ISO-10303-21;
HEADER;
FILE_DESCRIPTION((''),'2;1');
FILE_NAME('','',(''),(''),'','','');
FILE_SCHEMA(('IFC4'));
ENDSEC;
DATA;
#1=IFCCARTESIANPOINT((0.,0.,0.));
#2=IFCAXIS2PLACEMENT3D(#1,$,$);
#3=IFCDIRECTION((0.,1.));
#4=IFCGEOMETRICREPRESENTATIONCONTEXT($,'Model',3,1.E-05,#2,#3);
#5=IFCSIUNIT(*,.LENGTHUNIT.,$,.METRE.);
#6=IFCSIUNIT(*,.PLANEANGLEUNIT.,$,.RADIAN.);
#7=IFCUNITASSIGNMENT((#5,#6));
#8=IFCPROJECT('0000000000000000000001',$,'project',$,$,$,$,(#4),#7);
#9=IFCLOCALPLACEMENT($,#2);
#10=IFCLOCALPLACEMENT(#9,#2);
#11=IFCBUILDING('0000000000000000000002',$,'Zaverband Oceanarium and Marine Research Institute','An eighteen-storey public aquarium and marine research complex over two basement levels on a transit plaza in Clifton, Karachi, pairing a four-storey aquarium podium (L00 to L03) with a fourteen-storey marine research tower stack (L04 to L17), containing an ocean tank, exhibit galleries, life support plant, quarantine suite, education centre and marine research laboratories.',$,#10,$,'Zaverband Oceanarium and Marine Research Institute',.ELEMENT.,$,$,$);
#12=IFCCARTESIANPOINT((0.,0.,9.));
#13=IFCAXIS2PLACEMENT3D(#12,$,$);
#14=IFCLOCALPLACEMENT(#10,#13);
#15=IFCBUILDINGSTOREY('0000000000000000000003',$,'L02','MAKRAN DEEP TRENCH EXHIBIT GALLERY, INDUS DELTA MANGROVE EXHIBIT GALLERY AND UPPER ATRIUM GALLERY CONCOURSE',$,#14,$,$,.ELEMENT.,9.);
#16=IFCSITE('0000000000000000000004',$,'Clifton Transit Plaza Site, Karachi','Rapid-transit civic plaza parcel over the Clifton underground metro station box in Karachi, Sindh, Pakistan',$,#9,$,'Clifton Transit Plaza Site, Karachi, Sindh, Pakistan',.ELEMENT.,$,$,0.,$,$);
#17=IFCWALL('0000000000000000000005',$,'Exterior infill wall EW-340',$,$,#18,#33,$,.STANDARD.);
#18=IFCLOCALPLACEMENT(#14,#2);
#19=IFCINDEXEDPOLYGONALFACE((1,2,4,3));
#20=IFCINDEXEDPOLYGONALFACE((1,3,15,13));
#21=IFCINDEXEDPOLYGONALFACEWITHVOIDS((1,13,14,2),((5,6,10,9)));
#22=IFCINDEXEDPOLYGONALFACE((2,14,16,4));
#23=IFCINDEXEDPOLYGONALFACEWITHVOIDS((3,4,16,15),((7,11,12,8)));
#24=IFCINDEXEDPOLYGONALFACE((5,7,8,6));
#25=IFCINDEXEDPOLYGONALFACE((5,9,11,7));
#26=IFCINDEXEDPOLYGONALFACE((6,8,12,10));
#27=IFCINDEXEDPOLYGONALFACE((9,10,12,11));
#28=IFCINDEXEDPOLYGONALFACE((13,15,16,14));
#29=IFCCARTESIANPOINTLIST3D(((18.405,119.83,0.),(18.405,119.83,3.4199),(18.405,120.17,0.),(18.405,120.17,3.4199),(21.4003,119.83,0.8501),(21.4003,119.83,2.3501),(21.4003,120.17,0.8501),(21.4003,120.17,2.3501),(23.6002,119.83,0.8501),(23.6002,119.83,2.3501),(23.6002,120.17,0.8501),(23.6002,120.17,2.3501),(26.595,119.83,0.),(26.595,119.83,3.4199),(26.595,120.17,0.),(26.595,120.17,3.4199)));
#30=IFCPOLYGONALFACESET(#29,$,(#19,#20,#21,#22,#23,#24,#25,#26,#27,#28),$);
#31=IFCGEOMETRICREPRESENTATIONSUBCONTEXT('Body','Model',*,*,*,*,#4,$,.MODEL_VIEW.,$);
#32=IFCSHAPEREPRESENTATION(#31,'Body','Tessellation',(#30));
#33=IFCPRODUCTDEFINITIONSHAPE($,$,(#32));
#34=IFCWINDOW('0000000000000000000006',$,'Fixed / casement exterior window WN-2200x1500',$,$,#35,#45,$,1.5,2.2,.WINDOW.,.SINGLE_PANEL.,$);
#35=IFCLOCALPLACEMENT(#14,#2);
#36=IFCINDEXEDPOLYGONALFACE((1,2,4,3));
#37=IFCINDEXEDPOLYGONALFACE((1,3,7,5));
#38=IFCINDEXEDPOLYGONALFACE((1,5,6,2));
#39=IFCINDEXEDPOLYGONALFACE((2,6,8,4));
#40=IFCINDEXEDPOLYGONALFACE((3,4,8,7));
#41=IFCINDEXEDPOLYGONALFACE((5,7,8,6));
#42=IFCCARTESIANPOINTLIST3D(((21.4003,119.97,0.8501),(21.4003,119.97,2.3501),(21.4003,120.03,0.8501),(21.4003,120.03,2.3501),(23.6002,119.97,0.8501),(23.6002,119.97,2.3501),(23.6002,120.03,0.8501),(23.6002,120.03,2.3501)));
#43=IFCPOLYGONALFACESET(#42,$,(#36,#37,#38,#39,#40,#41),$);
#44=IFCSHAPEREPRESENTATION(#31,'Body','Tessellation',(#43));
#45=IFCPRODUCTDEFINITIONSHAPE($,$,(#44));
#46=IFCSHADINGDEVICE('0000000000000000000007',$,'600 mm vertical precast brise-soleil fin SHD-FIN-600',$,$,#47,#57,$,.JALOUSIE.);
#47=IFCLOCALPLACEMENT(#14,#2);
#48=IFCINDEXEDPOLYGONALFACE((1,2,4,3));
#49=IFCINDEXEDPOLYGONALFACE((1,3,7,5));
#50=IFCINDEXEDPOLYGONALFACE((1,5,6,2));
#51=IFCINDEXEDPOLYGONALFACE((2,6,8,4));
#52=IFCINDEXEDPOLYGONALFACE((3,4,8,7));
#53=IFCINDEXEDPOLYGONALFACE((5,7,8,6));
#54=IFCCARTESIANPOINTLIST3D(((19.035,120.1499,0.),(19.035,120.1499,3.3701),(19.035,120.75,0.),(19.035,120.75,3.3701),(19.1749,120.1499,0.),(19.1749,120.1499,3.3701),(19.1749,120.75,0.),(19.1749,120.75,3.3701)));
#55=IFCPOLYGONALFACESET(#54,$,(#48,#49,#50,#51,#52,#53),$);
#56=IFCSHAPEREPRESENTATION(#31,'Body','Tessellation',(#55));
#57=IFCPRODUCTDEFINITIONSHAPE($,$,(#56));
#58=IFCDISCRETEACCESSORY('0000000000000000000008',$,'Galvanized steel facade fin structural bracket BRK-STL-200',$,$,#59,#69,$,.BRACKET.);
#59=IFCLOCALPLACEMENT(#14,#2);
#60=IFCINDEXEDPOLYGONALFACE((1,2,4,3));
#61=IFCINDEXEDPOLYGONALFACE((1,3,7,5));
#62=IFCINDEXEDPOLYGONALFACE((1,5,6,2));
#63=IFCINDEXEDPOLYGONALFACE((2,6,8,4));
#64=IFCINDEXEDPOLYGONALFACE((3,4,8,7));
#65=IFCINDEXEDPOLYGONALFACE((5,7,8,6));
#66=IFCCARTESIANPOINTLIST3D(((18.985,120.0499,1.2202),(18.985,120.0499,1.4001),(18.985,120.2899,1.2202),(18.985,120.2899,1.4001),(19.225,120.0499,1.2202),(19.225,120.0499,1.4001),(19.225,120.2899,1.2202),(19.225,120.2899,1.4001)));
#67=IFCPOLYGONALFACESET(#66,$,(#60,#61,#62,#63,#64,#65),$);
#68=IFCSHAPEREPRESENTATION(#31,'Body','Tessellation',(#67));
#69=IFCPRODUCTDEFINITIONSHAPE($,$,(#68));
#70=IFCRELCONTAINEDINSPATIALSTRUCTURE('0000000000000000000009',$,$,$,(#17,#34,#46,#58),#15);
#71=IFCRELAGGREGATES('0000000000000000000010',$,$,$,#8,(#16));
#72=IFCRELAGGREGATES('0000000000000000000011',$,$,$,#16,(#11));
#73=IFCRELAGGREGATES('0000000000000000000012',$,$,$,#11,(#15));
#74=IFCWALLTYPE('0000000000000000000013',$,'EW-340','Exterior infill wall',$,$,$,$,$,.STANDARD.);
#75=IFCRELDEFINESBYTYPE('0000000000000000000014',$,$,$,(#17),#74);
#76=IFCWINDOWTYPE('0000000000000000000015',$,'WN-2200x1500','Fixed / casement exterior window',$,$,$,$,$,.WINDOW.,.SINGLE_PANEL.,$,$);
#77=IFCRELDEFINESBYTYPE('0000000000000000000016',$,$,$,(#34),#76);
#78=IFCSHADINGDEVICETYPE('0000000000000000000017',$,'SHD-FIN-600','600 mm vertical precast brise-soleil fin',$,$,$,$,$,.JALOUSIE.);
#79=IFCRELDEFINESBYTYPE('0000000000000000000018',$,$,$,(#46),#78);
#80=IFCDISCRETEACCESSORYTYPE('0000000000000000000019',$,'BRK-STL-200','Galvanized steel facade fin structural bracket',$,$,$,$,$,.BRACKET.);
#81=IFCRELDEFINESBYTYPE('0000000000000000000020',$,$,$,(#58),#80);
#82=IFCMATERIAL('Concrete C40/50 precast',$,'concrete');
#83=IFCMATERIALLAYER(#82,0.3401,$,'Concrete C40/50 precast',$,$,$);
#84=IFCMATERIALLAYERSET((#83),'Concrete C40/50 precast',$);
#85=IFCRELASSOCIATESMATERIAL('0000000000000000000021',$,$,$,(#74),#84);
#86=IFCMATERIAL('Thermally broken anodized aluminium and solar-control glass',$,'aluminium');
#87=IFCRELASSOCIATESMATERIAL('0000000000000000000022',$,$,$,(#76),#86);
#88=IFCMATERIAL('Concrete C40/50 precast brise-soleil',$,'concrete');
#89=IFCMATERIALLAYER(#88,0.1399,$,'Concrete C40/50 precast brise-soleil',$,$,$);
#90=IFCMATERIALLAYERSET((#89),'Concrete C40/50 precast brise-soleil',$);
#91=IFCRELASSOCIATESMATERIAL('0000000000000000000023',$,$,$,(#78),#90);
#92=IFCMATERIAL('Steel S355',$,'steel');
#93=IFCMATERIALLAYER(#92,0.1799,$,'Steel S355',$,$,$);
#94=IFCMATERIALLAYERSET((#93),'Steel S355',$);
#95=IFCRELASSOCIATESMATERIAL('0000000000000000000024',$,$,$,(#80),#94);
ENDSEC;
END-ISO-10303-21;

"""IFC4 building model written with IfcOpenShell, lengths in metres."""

from ifc_helpers import new_model, si_unit, direction, frame, frame_2d, origin, origin_2d, place, context, subcontext, project, spatial, rectangle, extrude, material, layer, layer_set, type_object, element, fill, save


model = new_model("IFC4")

# Units and contexts
model_context = context("Model", 3, precision=1e-05, world=origin(), true_north=direction((0.0, 1.0)))
body_context = subcontext(model_context, "Body", "Model", "MODEL_VIEW")
ifc_project = project(units=[si_unit("LENGTHUNIT", "METRE"), si_unit("PLANEANGLEUNIT", "RADIAN")], contexts=[model_context])

# Site, building, storey
site_placement = place(None, origin())
site = spatial("IfcSite", under=ifc_project, at=site_placement, Name="Clifton Transit Plaza Site, Karachi", Description="Rapid-transit civic plaza parcel over the Clifton underground metro station box in Karachi, Sindh, Pakistan", LongName="Clifton Transit Plaza Site, Karachi, Sindh, Pakistan", CompositionType="ELEMENT", RefElevation=0.0)
building_placement = place(site_placement, origin())
building = spatial("IfcBuilding", under=site, at=building_placement, Name="Zaverband Oceanarium and Marine Research Institute", Description="An eighteen-storey public aquarium and marine research complex over two basement levels on a transit plaza in Clifton, Karachi, pairing a four-storey aquarium podium (L00 to L03) with a fourteen-storey marine research tower stack (L04 to L17), containing an ocean tank, exhibit galleries, life support plant, quarantine suite, education centre and marine research laboratories.", LongName="Zaverband Oceanarium and Marine Research Institute", CompositionType="ELEMENT")
storey_placement = place(building_placement, frame((0.0, 0.0, 9.0)))
storey = spatial("IfcBuildingStorey", under=building, at=storey_placement, Name="L02", Description="MAKRAN DEEP TRENCH EXHIBIT GALLERY, INDUS DELTA MANGROVE EXHIBIT GALLERY AND UPPER ATRIUM GALLERY CONCOURSE", CompositionType="ELEMENT", Elevation=9.0)

# Wall, opening, window
ifc_material_1 = material(Name="Concrete C40/50 precast", Category="concrete")
ifc_material_2 = material(Name="Thermally broken anodized aluminium and solar-control glass", Category="aluminium")
ifc_layer_1 = layer(ifc_material_1, 0.3401, Name="Concrete C40/50 precast")
ifc_layer_set_1 = layer_set([ifc_layer_1], Name="Concrete C40/50 precast")
wall_type_1 = type_object("IfcWallType", Name="EW-340", Description="Exterior infill wall", PredefinedType="STANDARD", material=ifc_layer_set_1)
wall_1_placement = place(storey_placement, frame((18.405, 120.0, 0.0), z_axis=(0.0, 0.0, 1.0), x_axis=(1.0, 0.0, 0.0)))
wall_1 = element("IfcWall", 1, at=wall_1_placement, inside=storey, type_object=wall_type_1, Name="Exterior infill wall EW-340", PredefinedType="STANDARD", context=body_context, shape_type="SweptSolid", body=[
    extrude(rectangle(XDim=8.1899, YDim=0.3401, at=frame_2d((4.095, 0.0))), origin(), (0.0, 0.0, 1.0), 3.4199),
])
opening_1_placement = place(wall_1_placement, frame((2.9951, 0.0, 0.8501)))
opening_1 = element("IfcOpeningElement", 2, at=opening_1_placement, cuts=wall_1, PredefinedType="OPENING", context=body_context, shape_type="SweptSolid", body=[
    extrude(rectangle(XDim=2.2, YDim=1.5, at=frame_2d((1.1001, 0.75))), frame((0.0, 0.1821, 0.0), z_axis=(0.0, -1.0, 0.0), x_axis=(1.0, 0.0, 0.0)), (0.0, 0.0, 1.0), 0.364),
])
window_type_1 = type_object("IfcWindowType", Name="WN-2200x1500", Description="Fixed / casement exterior window", PartitioningType="SINGLE_PANEL", PredefinedType="WINDOW", material=ifc_material_2)
window_1_placement = place(opening_1_placement, origin())
window_1 = element("IfcWindow", 3, at=window_1_placement, inside=storey, type_object=window_type_1, Name="Fixed / casement exterior window WN-2200x1500", OverallHeight=1.5, OverallWidth=2.2, PartitioningType="SINGLE_PANEL", PredefinedType="WINDOW", context=body_context, shape_type="SweptSolid", body=[
    extrude(rectangle(XDim=2.2, YDim=1.5, at=frame_2d((1.1001, 0.75))), frame((0.0, 0.03, 0.0), z_axis=(0.0, -1.0, 0.0), x_axis=(1.0, 0.0, 0.0)), (0.0, 0.0, 1.0), 0.0601),
])
fill(opening_1, window_1)

# Shading device
ifc_material_3 = material(Name="Concrete C40/50 precast brise-soleil", Category="concrete")
ifc_layer_2 = layer(ifc_material_3, 0.1399, Name="Concrete C40/50 precast brise-soleil")
ifc_layer_set_2 = layer_set([ifc_layer_2], Name="Concrete C40/50 precast brise-soleil")
shading_device_type = type_object("IfcShadingDeviceType", Name="SHD-FIN-600", Description="600 mm vertical precast brise-soleil fin", PredefinedType="JALOUSIE", material=ifc_layer_set_2)
shading_device_placement = place(storey_placement, frame((19.105, 120.1499, 0.0), z_axis=(0.0, 0.0, 1.0), x_axis=(0.0, 1.0, 0.0)))
element("IfcShadingDevice", 4, at=shading_device_placement, inside=storey, type_object=shading_device_type, Name="600 mm vertical precast brise-soleil fin SHD-FIN-600", PredefinedType="JALOUSIE", context=body_context, shape_type="SweptSolid", body=[
    extrude(rectangle(XDim=0.6001, YDim=0.1399, at=frame_2d((0.3, 0.0))), origin(), (0.0, 0.0, 1.0), 3.3701),
])

# Discrete accessory
ifc_material_4 = material(Name="Steel S355", Category="steel")
ifc_layer_3 = layer(ifc_material_4, 0.1799, Name="Steel S355")
ifc_layer_set_3 = layer_set([ifc_layer_3], Name="Steel S355")
discrete_accessory_type = type_object("IfcDiscreteAccessoryType", Name="BRK-STL-200", Description="Galvanized steel facade fin structural bracket", PredefinedType="BRACKET", material=ifc_layer_set_3)
discrete_accessory_placement = place(storey_placement, frame((19.105, 120.1699, 1.2202), z_axis=(0.0, 0.0, 1.0), x_axis=(1.0, 0.0, 0.0)))
element("IfcDiscreteAccessory", 5, at=discrete_accessory_placement, inside=storey, type_object=discrete_accessory_type, Name="Galvanized steel facade fin structural bracket BRK-STL-200", PredefinedType="BRACKET", context=body_context, shape_type="SweptSolid", body=[
    extrude(rectangle(XDim=0.24, YDim=0.24, at=origin_2d()), origin(), (0.0, 0.0, 1.0), 0.1799),
])

save(model, "model.ifc")
